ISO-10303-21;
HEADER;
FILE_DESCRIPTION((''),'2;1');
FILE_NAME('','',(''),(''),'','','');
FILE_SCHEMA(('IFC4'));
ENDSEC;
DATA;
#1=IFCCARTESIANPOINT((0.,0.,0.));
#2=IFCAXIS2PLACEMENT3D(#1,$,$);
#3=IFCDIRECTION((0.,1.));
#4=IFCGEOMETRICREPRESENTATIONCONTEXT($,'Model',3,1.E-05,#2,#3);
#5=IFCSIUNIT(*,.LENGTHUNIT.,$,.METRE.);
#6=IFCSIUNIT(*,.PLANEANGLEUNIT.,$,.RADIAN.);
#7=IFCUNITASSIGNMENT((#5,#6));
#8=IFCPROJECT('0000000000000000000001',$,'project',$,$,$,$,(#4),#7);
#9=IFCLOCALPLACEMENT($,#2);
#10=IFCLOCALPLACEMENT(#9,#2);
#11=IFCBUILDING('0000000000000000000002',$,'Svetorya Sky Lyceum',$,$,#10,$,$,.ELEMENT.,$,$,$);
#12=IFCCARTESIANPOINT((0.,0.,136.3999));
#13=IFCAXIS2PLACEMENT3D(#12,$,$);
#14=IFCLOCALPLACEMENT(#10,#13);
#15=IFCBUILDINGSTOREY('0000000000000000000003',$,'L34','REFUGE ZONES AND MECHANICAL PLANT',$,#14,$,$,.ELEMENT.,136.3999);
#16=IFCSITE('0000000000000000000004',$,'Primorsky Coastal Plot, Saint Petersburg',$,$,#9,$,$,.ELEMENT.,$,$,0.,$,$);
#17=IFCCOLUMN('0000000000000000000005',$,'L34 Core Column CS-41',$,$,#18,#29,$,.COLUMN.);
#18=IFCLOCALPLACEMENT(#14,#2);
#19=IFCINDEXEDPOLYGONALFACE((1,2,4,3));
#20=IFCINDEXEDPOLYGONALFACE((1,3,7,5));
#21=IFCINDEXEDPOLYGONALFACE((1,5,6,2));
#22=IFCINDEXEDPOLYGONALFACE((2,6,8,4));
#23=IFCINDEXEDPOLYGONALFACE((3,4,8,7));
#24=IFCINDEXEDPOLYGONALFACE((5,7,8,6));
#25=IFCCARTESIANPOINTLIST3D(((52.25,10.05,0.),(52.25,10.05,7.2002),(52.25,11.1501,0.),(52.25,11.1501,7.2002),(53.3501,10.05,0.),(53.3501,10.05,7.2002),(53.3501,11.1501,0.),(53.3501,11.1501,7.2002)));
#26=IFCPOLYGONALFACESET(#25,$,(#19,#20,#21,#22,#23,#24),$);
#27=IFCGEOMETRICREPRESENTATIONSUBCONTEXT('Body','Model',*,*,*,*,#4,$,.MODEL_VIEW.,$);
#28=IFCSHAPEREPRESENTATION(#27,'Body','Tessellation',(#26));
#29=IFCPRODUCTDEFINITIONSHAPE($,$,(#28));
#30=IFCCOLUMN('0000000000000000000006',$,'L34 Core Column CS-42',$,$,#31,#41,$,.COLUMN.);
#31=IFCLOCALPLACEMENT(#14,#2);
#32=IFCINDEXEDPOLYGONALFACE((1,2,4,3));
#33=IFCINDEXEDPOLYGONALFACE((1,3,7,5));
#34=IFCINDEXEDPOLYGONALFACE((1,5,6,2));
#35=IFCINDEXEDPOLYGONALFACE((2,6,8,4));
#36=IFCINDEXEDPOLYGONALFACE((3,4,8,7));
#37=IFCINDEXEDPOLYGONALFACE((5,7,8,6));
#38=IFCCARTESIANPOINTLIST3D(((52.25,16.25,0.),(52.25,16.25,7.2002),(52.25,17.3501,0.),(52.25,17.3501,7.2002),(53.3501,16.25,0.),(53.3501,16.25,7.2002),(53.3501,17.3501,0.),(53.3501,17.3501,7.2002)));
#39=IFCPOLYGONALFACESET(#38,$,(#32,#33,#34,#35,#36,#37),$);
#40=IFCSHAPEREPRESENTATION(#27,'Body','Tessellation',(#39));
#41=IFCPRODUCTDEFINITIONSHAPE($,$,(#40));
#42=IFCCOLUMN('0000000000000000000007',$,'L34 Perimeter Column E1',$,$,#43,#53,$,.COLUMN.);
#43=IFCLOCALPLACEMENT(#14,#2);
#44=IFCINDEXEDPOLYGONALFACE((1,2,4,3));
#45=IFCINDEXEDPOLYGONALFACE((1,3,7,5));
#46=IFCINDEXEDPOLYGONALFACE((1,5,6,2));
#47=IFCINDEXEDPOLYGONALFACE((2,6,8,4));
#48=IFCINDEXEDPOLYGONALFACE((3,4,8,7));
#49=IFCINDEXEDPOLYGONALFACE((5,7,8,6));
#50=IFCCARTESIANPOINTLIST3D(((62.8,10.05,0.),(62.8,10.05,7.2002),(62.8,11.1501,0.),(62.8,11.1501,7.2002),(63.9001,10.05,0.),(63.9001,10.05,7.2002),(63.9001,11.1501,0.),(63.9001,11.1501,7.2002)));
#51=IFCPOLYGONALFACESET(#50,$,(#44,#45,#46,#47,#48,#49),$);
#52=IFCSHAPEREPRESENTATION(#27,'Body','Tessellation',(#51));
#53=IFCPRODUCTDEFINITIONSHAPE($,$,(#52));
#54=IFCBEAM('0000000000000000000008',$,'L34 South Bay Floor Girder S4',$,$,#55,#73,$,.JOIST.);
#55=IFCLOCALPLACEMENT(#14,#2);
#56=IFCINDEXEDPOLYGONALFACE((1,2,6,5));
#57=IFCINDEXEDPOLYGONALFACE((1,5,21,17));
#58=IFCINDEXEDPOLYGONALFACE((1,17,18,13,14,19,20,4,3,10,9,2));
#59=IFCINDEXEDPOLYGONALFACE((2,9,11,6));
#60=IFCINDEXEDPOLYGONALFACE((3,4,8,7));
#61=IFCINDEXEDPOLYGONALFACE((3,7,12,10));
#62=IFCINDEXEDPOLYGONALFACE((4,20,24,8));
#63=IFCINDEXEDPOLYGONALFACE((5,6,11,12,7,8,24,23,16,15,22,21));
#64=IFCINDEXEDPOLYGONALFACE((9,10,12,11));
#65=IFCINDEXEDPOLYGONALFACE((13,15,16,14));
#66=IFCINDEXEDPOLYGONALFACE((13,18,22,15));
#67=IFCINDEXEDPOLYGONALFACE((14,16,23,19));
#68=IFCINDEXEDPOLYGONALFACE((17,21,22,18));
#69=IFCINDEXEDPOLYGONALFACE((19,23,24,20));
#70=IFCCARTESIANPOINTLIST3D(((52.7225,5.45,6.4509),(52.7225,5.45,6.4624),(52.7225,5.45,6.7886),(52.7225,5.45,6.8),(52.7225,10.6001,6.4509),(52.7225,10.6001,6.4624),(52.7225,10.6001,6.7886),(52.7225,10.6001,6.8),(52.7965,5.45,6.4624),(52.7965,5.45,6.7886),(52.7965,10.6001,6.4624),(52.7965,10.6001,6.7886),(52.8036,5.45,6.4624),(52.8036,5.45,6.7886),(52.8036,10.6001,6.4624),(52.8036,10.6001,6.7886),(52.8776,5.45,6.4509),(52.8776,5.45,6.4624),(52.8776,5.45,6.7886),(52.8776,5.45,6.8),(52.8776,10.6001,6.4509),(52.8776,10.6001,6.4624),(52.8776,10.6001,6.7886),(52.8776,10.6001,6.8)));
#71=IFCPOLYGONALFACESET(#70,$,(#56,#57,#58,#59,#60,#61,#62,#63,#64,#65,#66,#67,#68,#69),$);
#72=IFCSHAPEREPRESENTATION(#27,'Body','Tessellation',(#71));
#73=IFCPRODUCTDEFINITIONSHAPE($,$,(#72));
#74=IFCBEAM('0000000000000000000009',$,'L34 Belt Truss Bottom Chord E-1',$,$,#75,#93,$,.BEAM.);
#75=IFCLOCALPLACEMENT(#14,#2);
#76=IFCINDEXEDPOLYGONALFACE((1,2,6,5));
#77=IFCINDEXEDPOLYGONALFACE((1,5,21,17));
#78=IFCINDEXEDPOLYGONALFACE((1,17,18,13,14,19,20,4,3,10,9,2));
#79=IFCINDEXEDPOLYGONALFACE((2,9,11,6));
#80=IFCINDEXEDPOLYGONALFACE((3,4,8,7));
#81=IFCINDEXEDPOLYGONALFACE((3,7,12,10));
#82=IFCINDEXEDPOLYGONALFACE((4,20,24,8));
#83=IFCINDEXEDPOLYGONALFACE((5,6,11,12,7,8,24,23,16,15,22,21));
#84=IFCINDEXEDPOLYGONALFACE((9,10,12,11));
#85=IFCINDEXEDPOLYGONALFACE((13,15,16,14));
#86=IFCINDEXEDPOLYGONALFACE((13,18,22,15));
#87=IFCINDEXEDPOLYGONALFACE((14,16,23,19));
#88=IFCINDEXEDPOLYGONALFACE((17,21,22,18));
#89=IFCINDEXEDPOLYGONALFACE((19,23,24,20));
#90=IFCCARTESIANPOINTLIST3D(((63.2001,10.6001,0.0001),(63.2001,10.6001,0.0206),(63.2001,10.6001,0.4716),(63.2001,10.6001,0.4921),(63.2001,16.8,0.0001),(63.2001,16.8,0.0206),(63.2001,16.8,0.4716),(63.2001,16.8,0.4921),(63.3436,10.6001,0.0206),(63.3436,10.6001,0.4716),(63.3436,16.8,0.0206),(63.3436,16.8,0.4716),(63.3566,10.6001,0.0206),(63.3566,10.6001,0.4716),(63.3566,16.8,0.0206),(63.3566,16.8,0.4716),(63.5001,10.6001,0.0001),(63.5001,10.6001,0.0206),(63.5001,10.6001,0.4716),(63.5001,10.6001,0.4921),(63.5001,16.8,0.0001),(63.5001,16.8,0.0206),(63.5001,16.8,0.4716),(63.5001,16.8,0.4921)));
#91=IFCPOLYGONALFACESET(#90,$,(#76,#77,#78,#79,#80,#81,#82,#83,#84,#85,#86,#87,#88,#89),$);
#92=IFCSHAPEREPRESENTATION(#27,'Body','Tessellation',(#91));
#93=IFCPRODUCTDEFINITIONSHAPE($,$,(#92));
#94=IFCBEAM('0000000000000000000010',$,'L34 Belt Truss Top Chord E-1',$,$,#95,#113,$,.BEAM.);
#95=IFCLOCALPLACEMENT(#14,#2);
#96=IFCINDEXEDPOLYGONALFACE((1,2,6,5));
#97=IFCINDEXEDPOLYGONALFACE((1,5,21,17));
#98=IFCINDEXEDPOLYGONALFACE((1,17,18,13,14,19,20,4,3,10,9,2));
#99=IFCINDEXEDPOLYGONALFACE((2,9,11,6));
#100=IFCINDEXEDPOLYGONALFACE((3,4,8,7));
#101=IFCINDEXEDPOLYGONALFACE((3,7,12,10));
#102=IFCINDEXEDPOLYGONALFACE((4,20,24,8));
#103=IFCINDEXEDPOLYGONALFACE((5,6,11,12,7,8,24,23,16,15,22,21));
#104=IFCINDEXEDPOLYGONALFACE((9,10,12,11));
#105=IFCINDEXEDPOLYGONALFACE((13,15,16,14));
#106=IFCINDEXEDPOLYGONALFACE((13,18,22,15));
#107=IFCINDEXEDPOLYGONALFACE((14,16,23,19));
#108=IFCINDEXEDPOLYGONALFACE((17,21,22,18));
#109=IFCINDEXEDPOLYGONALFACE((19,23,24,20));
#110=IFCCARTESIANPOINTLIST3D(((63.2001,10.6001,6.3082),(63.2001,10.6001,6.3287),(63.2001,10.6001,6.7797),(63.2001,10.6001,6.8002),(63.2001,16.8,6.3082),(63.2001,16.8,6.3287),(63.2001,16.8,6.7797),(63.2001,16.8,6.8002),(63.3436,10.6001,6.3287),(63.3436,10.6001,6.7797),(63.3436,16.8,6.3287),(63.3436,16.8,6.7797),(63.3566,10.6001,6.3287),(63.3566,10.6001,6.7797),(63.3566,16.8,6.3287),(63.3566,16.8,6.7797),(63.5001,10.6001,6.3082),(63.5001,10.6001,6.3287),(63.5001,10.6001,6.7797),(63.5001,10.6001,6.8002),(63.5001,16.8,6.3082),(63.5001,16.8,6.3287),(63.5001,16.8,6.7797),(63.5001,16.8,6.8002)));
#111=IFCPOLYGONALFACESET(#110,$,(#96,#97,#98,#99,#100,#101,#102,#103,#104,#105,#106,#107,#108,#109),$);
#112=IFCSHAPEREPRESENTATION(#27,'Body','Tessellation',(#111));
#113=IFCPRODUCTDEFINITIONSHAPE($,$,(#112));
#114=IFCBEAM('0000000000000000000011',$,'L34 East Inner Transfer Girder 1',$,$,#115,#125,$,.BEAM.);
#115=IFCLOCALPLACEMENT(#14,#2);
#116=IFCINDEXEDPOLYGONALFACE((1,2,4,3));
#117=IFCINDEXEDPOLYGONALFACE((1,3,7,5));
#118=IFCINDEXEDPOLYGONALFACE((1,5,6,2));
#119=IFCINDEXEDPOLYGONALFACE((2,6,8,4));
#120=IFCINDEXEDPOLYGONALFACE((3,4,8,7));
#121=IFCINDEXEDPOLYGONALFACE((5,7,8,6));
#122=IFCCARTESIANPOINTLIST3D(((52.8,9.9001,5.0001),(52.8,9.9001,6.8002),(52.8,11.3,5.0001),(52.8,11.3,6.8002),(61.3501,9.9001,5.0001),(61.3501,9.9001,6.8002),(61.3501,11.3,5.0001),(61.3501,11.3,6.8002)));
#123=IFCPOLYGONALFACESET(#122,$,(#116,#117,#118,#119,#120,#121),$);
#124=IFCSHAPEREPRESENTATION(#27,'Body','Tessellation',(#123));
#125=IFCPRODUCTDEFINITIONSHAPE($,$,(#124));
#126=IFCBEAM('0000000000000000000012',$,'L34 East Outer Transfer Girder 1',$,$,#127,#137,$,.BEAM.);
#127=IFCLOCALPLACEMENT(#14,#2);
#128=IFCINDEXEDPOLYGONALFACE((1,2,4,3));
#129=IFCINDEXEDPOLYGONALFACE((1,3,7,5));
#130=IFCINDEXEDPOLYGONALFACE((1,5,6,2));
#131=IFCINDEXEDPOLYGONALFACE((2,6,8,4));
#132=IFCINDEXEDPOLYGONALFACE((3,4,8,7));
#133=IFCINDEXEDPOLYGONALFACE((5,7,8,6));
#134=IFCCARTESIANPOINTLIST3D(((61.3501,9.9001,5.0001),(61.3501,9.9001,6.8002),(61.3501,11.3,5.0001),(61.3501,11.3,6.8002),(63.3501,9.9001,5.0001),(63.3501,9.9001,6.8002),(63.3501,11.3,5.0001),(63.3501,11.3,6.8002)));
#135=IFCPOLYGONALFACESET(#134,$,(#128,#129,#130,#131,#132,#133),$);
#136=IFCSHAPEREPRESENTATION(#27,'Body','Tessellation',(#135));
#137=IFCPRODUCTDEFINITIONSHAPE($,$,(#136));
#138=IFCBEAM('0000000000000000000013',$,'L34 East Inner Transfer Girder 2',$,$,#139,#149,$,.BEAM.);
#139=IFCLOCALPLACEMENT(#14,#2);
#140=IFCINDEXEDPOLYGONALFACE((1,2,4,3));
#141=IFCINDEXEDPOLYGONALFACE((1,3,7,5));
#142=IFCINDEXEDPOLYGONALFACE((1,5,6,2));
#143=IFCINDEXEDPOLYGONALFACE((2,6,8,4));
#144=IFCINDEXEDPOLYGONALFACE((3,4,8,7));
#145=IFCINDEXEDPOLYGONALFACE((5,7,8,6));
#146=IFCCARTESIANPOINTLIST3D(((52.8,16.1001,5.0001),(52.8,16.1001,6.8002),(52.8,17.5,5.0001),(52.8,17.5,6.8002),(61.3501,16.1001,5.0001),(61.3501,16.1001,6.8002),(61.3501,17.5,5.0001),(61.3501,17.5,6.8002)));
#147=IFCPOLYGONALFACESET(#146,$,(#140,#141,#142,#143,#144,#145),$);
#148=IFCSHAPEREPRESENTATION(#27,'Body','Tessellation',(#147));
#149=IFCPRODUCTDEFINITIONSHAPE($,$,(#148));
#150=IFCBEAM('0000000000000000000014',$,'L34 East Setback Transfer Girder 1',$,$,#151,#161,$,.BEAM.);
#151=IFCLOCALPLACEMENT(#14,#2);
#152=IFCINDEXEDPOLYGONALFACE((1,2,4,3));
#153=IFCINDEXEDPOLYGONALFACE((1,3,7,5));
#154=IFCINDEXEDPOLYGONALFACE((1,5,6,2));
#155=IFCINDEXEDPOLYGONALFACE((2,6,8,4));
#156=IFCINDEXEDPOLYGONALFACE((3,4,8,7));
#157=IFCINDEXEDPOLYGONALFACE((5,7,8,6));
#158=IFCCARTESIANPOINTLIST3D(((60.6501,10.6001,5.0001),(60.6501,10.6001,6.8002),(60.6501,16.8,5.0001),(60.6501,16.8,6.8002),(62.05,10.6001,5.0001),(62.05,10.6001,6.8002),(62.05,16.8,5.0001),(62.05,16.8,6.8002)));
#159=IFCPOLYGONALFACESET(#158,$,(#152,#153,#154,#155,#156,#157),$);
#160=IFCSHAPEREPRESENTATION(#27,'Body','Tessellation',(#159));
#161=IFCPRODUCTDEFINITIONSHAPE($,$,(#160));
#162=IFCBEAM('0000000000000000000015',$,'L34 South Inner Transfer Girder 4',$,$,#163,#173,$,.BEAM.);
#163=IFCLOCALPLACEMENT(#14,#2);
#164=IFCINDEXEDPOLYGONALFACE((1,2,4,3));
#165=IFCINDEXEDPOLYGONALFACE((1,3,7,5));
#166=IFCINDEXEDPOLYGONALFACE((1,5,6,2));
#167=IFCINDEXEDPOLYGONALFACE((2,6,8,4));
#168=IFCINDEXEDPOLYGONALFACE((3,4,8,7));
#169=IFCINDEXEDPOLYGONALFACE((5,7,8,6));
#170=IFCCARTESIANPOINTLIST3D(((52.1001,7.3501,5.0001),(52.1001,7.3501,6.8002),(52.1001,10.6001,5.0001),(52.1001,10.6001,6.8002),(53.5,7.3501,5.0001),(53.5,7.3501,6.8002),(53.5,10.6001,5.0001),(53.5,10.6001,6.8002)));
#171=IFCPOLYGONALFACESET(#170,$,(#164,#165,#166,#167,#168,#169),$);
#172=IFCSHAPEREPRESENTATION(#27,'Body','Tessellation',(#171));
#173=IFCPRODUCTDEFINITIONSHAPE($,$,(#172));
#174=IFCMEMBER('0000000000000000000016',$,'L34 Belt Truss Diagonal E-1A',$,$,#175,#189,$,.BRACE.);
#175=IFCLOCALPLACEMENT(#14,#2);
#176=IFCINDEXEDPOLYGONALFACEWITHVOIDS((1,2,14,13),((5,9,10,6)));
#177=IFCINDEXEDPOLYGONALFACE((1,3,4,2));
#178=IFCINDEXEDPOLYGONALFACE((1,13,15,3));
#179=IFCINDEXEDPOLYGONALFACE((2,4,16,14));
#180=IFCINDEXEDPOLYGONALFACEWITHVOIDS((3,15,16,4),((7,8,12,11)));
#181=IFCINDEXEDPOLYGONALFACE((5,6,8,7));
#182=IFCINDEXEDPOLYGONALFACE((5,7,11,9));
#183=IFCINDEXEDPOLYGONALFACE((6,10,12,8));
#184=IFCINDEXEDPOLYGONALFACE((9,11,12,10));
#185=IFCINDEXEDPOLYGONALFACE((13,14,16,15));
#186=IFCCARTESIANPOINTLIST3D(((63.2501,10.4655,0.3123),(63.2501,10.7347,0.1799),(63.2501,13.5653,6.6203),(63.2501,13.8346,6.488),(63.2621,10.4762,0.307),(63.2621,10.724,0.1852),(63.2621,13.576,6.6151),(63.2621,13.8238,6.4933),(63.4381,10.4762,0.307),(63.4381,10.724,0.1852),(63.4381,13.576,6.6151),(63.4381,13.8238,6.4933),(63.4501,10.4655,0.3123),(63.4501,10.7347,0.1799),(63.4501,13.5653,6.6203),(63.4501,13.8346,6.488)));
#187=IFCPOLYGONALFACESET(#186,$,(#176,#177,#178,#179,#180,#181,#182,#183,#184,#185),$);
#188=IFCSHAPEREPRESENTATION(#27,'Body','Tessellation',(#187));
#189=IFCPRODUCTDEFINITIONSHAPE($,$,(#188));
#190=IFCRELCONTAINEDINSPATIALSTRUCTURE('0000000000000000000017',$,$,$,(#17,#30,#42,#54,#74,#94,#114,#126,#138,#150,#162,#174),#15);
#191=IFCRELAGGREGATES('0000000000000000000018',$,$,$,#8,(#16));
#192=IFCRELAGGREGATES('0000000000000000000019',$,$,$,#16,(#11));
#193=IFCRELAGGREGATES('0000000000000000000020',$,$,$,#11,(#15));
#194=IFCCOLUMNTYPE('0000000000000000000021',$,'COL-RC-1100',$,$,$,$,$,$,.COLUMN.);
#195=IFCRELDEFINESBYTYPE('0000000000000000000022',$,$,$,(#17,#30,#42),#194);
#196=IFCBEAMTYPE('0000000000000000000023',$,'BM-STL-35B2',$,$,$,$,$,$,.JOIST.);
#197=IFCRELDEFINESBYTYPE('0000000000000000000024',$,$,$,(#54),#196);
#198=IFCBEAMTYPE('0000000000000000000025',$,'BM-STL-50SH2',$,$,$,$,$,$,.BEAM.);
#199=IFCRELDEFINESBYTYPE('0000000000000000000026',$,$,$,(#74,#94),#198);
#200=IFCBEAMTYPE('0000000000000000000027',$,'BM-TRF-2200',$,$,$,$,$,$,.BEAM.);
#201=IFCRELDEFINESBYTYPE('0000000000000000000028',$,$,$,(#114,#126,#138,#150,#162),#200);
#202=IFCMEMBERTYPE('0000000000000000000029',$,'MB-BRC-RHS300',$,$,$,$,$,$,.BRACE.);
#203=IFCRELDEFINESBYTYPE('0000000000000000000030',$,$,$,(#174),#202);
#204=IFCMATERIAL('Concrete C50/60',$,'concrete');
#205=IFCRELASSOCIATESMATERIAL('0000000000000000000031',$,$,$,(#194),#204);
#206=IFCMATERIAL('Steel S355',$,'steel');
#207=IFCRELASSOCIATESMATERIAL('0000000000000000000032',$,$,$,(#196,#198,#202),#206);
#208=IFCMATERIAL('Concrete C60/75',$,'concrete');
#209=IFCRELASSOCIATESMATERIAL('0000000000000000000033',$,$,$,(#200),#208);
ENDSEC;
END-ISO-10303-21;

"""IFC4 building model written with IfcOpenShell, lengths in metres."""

from ifc_helpers import new_model, si_unit, direction, frame, origin, origin_2d, place, context, subcontext, project, spatial, rectangle, hollow_rectangle, i_section, extrude, material, material_profile, profile_set, type_object, element, save


model = new_model("IFC4")

# Units and contexts
model_context = context("Model", 3, precision=1e-05, world=origin(), true_north=direction((0.0, 1.0)))
body_context = subcontext(model_context, "Body", "Model", "MODEL_VIEW")
ifc_project = project(units=[si_unit("LENGTHUNIT", "METRE"), si_unit("PLANEANGLEUNIT", "RADIAN")], contexts=[model_context])

# Site, building, storey
site_placement = place(None, origin())
site = spatial("IfcSite", under=ifc_project, at=site_placement, Name="Primorsky Coastal Plot, Saint Petersburg", CompositionType="ELEMENT", RefElevation=0.0)
building_placement = place(site_placement, origin())
building = spatial("IfcBuilding", under=site, at=building_placement, Name="Svetorya Sky Lyceum", CompositionType="ELEMENT")
storey_placement = place(building_placement, frame((0.0, 0.0, 136.3999)))
storey = spatial("IfcBuildingStorey", under=building, at=storey_placement, Name="L34", Description="REFUGE ZONES AND MECHANICAL PLANT", CompositionType="ELEMENT", Elevation=136.3999)

# Columns
ifc_material_1 = material(Name="Concrete C50/60", Category="concrete")
ifc_material_profile_1 = material_profile(ifc_material_1, rectangle(XDim=1.1001, YDim=1.1001, at=origin_2d()), Name="RC COL 1100x1100")
ifc_profile_set_1 = profile_set([ifc_material_profile_1], Name="Concrete C50/60")
column_type = type_object("IfcColumnType", Name="COL-RC-1100", PredefinedType="COLUMN", material=ifc_profile_set_1)
for number, where, z_axis, x_axis, name in (
    (1, (52.8, 10.6001, 0.0), (0.0, 0.0, 1.0), (1.0, 0.0, 0.0), "L34 Core Column CS-41"),
    (2, (52.8, 16.8, 0.0), (0.0, 0.0, 1.0), (1.0, 0.0, 0.0), "L34 Core Column CS-42"),
    (3, (63.3501, 10.6001, 0.0), (0.0, 0.0, 1.0), (1.0, 0.0, 0.0), "L34 Perimeter Column E1"),
):
    element("IfcColumn", number, at=place(storey_placement, frame(where, z_axis=z_axis, x_axis=x_axis)), inside=storey, type_object=column_type, Name=name, PredefinedType="COLUMN", context=body_context, shape_type="SweptSolid", body=[
        extrude(rectangle(XDim=1.1001, YDim=1.1001, at=origin_2d()), origin(), (0.0, 0.0, 1.0), 7.2002),
    ])

# Beams
ifc_material_2 = material(Name="Steel S355", Category="steel")
ifc_material_profile_2 = material_profile(ifc_material_2, i_section(OverallWidth=0.155, OverallDepth=0.3491, WebThickness=0.0071, FlangeThickness=0.0115, at=origin_2d()), Name="GOST 35B2")
ifc_profile_set_2 = profile_set([ifc_material_profile_2], Name="Steel S355")
beam_type_1 = type_object("IfcBeamType", Name="BM-STL-35B2", PredefinedType="JOIST", material=ifc_profile_set_2)
beam_1_placement = place(storey_placement, frame((52.8, 5.45, 6.6255), z_axis=(0.0, 1.0, 0.0), x_axis=(-1.0, 0.0, 0.0)))
element("IfcBeam", 4, at=beam_1_placement, inside=storey, type_object=beam_type_1, Name="L34 South Bay Floor Girder S4", PredefinedType="JOIST", context=body_context, shape_type="SweptSolid", body=[
    extrude(i_section(OverallWidth=0.155, OverallDepth=0.3491, WebThickness=0.0071, FlangeThickness=0.0115, at=origin_2d()), origin(), (0.0, 0.0, 1.0), 5.1501),
])
ifc_material_profile_3 = material_profile(ifc_material_2, i_section(OverallWidth=0.3, OverallDepth=0.4919, WebThickness=0.0129, FlangeThickness=0.0205, at=origin_2d()), Name="GOST 50Sh2")
ifc_profile_set_3 = profile_set([ifc_material_profile_3], Name="Steel S355")
beam_type_2 = type_object("IfcBeamType", Name="BM-STL-50SH2", PredefinedType="BEAM", material=ifc_profile_set_3)
for number, where, z_axis, x_axis, name in (
    (5, (63.3501, 10.6001, 0.2461), (0.0, 1.0, 0.0), (-1.0, 0.0, 0.0), "L34 Belt Truss Bottom Chord E-1"),
    (6, (63.3501, 10.6001, 6.5542), (0.0, 1.0, 0.0), (-1.0, 0.0, 0.0), "L34 Belt Truss Top Chord E-1"),
):
    element("IfcBeam", number, at=place(storey_placement, frame(where, z_axis=z_axis, x_axis=x_axis)), inside=storey, type_object=beam_type_2, Name=name, PredefinedType="BEAM", context=body_context, shape_type="SweptSolid", body=[
        extrude(i_section(OverallWidth=0.3, OverallDepth=0.4919, WebThickness=0.0129, FlangeThickness=0.0205, at=origin_2d()), origin(), (0.0, 0.0, 1.0), 6.2),
    ])
ifc_material_3 = material(Name="Concrete C60/75", Category="concrete")
ifc_material_profile_4 = material_profile(ifc_material_3, rectangle(XDim=1.3999, YDim=1.8, at=origin_2d()), Name="RC TRANSFER 1400x1800")
ifc_profile_set_4 = profile_set([ifc_material_profile_4], Name="Concrete C60/75")
beam_type_3 = type_object("IfcBeamType", Name="BM-TRF-2200", PredefinedType="BEAM", material=ifc_profile_set_4)
beam_2_placement = place(storey_placement, frame((52.8, 10.6001, 5.9001), z_axis=(1.0, 0.0, 0.0), x_axis=(0.0, 1.0, 0.0)))
element("IfcBeam", 7, at=beam_2_placement, inside=storey, type_object=beam_type_3, Name="L34 East Inner Transfer Girder 1", PredefinedType="BEAM", context=body_context, shape_type="SweptSolid", body=[
    extrude(rectangle(XDim=1.3999, YDim=1.8, at=origin_2d()), origin(), (0.0, 0.0, 1.0), 8.55),
])
beam_3_placement = place(storey_placement, frame((61.3501, 10.6001, 5.9001), z_axis=(1.0, 0.0, 0.0), x_axis=(0.0, 1.0, 0.0)))
element("IfcBeam", 8, at=beam_3_placement, inside=storey, type_object=beam_type_3, Name="L34 East Outer Transfer Girder 1", PredefinedType="BEAM", context=body_context, shape_type="SweptSolid", body=[
    extrude(rectangle(XDim=1.3999, YDim=1.8, at=origin_2d()), origin(), (0.0, 0.0, 1.0), 2.0),
])
beam_4_placement = place(storey_placement, frame((52.8, 16.8, 5.9001), z_axis=(1.0, 0.0, 0.0), x_axis=(0.0, 1.0, 0.0)))
element("IfcBeam", 9, at=beam_4_placement, inside=storey, type_object=beam_type_3, Name="L34 East Inner Transfer Girder 2", PredefinedType="BEAM", context=body_context, shape_type="SweptSolid", body=[
    extrude(rectangle(XDim=1.3999, YDim=1.8, at=origin_2d()), origin(), (0.0, 0.0, 1.0), 8.55),
])
beam_5_placement = place(storey_placement, frame((61.3501, 10.6001, 5.9001), z_axis=(0.0, 1.0, 0.0), x_axis=(-1.0, 0.0, 0.0)))
element("IfcBeam", 10, at=beam_5_placement, inside=storey, type_object=beam_type_3, Name="L34 East Setback Transfer Girder 1", PredefinedType="BEAM", context=body_context, shape_type="SweptSolid", body=[
    extrude(rectangle(XDim=1.3999, YDim=1.8, at=origin_2d()), origin(), (0.0, 0.0, 1.0), 6.2),
])
beam_6_placement = place(storey_placement, frame((52.8, 7.3501, 5.9001), z_axis=(0.0, 1.0, 0.0), x_axis=(-1.0, 0.0, 0.0)))
element("IfcBeam", 11, at=beam_6_placement, inside=storey, type_object=beam_type_3, Name="L34 South Inner Transfer Girder 4", PredefinedType="BEAM", context=body_context, shape_type="SweptSolid", body=[
    extrude(rectangle(XDim=1.3999, YDim=1.8, at=origin_2d()), origin(), (0.0, 0.0, 1.0), 3.25),
])

# Member
ifc_material_profile_5 = material_profile(ifc_material_2, hollow_rectangle(XDim=0.2, YDim=0.3, WallThickness=0.012, at=origin_2d()), Name="RHS 300x200x12")
ifc_profile_set_5 = profile_set([ifc_material_profile_5], Name="Steel S355")
member_type_1 = type_object("IfcMemberType", Name="MB-BRC-RHS300", PredefinedType="BRACE", material=ifc_profile_set_5)
member_1_placement = place(storey_placement, frame((63.3501, 10.6001, 0.2461), z_axis=(0.0, 0.441034, 0.89749), x_axis=(-1.0, 0.0, 0.0)))
element("IfcMember", 12, at=member_1_placement, inside=storey, type_object=member_type_1, Name="L34 Belt Truss Diagonal E-1A", PredefinedType="BRACE", context=body_context, shape_type="SweptSolid", body=[
    extrude(hollow_rectangle(XDim=0.2, YDim=0.3, WallThickness=0.012, at=origin_2d()), origin(), (0.0, 0.0, 1.0), 7.0286),
])

save(model, "model.ifc")
